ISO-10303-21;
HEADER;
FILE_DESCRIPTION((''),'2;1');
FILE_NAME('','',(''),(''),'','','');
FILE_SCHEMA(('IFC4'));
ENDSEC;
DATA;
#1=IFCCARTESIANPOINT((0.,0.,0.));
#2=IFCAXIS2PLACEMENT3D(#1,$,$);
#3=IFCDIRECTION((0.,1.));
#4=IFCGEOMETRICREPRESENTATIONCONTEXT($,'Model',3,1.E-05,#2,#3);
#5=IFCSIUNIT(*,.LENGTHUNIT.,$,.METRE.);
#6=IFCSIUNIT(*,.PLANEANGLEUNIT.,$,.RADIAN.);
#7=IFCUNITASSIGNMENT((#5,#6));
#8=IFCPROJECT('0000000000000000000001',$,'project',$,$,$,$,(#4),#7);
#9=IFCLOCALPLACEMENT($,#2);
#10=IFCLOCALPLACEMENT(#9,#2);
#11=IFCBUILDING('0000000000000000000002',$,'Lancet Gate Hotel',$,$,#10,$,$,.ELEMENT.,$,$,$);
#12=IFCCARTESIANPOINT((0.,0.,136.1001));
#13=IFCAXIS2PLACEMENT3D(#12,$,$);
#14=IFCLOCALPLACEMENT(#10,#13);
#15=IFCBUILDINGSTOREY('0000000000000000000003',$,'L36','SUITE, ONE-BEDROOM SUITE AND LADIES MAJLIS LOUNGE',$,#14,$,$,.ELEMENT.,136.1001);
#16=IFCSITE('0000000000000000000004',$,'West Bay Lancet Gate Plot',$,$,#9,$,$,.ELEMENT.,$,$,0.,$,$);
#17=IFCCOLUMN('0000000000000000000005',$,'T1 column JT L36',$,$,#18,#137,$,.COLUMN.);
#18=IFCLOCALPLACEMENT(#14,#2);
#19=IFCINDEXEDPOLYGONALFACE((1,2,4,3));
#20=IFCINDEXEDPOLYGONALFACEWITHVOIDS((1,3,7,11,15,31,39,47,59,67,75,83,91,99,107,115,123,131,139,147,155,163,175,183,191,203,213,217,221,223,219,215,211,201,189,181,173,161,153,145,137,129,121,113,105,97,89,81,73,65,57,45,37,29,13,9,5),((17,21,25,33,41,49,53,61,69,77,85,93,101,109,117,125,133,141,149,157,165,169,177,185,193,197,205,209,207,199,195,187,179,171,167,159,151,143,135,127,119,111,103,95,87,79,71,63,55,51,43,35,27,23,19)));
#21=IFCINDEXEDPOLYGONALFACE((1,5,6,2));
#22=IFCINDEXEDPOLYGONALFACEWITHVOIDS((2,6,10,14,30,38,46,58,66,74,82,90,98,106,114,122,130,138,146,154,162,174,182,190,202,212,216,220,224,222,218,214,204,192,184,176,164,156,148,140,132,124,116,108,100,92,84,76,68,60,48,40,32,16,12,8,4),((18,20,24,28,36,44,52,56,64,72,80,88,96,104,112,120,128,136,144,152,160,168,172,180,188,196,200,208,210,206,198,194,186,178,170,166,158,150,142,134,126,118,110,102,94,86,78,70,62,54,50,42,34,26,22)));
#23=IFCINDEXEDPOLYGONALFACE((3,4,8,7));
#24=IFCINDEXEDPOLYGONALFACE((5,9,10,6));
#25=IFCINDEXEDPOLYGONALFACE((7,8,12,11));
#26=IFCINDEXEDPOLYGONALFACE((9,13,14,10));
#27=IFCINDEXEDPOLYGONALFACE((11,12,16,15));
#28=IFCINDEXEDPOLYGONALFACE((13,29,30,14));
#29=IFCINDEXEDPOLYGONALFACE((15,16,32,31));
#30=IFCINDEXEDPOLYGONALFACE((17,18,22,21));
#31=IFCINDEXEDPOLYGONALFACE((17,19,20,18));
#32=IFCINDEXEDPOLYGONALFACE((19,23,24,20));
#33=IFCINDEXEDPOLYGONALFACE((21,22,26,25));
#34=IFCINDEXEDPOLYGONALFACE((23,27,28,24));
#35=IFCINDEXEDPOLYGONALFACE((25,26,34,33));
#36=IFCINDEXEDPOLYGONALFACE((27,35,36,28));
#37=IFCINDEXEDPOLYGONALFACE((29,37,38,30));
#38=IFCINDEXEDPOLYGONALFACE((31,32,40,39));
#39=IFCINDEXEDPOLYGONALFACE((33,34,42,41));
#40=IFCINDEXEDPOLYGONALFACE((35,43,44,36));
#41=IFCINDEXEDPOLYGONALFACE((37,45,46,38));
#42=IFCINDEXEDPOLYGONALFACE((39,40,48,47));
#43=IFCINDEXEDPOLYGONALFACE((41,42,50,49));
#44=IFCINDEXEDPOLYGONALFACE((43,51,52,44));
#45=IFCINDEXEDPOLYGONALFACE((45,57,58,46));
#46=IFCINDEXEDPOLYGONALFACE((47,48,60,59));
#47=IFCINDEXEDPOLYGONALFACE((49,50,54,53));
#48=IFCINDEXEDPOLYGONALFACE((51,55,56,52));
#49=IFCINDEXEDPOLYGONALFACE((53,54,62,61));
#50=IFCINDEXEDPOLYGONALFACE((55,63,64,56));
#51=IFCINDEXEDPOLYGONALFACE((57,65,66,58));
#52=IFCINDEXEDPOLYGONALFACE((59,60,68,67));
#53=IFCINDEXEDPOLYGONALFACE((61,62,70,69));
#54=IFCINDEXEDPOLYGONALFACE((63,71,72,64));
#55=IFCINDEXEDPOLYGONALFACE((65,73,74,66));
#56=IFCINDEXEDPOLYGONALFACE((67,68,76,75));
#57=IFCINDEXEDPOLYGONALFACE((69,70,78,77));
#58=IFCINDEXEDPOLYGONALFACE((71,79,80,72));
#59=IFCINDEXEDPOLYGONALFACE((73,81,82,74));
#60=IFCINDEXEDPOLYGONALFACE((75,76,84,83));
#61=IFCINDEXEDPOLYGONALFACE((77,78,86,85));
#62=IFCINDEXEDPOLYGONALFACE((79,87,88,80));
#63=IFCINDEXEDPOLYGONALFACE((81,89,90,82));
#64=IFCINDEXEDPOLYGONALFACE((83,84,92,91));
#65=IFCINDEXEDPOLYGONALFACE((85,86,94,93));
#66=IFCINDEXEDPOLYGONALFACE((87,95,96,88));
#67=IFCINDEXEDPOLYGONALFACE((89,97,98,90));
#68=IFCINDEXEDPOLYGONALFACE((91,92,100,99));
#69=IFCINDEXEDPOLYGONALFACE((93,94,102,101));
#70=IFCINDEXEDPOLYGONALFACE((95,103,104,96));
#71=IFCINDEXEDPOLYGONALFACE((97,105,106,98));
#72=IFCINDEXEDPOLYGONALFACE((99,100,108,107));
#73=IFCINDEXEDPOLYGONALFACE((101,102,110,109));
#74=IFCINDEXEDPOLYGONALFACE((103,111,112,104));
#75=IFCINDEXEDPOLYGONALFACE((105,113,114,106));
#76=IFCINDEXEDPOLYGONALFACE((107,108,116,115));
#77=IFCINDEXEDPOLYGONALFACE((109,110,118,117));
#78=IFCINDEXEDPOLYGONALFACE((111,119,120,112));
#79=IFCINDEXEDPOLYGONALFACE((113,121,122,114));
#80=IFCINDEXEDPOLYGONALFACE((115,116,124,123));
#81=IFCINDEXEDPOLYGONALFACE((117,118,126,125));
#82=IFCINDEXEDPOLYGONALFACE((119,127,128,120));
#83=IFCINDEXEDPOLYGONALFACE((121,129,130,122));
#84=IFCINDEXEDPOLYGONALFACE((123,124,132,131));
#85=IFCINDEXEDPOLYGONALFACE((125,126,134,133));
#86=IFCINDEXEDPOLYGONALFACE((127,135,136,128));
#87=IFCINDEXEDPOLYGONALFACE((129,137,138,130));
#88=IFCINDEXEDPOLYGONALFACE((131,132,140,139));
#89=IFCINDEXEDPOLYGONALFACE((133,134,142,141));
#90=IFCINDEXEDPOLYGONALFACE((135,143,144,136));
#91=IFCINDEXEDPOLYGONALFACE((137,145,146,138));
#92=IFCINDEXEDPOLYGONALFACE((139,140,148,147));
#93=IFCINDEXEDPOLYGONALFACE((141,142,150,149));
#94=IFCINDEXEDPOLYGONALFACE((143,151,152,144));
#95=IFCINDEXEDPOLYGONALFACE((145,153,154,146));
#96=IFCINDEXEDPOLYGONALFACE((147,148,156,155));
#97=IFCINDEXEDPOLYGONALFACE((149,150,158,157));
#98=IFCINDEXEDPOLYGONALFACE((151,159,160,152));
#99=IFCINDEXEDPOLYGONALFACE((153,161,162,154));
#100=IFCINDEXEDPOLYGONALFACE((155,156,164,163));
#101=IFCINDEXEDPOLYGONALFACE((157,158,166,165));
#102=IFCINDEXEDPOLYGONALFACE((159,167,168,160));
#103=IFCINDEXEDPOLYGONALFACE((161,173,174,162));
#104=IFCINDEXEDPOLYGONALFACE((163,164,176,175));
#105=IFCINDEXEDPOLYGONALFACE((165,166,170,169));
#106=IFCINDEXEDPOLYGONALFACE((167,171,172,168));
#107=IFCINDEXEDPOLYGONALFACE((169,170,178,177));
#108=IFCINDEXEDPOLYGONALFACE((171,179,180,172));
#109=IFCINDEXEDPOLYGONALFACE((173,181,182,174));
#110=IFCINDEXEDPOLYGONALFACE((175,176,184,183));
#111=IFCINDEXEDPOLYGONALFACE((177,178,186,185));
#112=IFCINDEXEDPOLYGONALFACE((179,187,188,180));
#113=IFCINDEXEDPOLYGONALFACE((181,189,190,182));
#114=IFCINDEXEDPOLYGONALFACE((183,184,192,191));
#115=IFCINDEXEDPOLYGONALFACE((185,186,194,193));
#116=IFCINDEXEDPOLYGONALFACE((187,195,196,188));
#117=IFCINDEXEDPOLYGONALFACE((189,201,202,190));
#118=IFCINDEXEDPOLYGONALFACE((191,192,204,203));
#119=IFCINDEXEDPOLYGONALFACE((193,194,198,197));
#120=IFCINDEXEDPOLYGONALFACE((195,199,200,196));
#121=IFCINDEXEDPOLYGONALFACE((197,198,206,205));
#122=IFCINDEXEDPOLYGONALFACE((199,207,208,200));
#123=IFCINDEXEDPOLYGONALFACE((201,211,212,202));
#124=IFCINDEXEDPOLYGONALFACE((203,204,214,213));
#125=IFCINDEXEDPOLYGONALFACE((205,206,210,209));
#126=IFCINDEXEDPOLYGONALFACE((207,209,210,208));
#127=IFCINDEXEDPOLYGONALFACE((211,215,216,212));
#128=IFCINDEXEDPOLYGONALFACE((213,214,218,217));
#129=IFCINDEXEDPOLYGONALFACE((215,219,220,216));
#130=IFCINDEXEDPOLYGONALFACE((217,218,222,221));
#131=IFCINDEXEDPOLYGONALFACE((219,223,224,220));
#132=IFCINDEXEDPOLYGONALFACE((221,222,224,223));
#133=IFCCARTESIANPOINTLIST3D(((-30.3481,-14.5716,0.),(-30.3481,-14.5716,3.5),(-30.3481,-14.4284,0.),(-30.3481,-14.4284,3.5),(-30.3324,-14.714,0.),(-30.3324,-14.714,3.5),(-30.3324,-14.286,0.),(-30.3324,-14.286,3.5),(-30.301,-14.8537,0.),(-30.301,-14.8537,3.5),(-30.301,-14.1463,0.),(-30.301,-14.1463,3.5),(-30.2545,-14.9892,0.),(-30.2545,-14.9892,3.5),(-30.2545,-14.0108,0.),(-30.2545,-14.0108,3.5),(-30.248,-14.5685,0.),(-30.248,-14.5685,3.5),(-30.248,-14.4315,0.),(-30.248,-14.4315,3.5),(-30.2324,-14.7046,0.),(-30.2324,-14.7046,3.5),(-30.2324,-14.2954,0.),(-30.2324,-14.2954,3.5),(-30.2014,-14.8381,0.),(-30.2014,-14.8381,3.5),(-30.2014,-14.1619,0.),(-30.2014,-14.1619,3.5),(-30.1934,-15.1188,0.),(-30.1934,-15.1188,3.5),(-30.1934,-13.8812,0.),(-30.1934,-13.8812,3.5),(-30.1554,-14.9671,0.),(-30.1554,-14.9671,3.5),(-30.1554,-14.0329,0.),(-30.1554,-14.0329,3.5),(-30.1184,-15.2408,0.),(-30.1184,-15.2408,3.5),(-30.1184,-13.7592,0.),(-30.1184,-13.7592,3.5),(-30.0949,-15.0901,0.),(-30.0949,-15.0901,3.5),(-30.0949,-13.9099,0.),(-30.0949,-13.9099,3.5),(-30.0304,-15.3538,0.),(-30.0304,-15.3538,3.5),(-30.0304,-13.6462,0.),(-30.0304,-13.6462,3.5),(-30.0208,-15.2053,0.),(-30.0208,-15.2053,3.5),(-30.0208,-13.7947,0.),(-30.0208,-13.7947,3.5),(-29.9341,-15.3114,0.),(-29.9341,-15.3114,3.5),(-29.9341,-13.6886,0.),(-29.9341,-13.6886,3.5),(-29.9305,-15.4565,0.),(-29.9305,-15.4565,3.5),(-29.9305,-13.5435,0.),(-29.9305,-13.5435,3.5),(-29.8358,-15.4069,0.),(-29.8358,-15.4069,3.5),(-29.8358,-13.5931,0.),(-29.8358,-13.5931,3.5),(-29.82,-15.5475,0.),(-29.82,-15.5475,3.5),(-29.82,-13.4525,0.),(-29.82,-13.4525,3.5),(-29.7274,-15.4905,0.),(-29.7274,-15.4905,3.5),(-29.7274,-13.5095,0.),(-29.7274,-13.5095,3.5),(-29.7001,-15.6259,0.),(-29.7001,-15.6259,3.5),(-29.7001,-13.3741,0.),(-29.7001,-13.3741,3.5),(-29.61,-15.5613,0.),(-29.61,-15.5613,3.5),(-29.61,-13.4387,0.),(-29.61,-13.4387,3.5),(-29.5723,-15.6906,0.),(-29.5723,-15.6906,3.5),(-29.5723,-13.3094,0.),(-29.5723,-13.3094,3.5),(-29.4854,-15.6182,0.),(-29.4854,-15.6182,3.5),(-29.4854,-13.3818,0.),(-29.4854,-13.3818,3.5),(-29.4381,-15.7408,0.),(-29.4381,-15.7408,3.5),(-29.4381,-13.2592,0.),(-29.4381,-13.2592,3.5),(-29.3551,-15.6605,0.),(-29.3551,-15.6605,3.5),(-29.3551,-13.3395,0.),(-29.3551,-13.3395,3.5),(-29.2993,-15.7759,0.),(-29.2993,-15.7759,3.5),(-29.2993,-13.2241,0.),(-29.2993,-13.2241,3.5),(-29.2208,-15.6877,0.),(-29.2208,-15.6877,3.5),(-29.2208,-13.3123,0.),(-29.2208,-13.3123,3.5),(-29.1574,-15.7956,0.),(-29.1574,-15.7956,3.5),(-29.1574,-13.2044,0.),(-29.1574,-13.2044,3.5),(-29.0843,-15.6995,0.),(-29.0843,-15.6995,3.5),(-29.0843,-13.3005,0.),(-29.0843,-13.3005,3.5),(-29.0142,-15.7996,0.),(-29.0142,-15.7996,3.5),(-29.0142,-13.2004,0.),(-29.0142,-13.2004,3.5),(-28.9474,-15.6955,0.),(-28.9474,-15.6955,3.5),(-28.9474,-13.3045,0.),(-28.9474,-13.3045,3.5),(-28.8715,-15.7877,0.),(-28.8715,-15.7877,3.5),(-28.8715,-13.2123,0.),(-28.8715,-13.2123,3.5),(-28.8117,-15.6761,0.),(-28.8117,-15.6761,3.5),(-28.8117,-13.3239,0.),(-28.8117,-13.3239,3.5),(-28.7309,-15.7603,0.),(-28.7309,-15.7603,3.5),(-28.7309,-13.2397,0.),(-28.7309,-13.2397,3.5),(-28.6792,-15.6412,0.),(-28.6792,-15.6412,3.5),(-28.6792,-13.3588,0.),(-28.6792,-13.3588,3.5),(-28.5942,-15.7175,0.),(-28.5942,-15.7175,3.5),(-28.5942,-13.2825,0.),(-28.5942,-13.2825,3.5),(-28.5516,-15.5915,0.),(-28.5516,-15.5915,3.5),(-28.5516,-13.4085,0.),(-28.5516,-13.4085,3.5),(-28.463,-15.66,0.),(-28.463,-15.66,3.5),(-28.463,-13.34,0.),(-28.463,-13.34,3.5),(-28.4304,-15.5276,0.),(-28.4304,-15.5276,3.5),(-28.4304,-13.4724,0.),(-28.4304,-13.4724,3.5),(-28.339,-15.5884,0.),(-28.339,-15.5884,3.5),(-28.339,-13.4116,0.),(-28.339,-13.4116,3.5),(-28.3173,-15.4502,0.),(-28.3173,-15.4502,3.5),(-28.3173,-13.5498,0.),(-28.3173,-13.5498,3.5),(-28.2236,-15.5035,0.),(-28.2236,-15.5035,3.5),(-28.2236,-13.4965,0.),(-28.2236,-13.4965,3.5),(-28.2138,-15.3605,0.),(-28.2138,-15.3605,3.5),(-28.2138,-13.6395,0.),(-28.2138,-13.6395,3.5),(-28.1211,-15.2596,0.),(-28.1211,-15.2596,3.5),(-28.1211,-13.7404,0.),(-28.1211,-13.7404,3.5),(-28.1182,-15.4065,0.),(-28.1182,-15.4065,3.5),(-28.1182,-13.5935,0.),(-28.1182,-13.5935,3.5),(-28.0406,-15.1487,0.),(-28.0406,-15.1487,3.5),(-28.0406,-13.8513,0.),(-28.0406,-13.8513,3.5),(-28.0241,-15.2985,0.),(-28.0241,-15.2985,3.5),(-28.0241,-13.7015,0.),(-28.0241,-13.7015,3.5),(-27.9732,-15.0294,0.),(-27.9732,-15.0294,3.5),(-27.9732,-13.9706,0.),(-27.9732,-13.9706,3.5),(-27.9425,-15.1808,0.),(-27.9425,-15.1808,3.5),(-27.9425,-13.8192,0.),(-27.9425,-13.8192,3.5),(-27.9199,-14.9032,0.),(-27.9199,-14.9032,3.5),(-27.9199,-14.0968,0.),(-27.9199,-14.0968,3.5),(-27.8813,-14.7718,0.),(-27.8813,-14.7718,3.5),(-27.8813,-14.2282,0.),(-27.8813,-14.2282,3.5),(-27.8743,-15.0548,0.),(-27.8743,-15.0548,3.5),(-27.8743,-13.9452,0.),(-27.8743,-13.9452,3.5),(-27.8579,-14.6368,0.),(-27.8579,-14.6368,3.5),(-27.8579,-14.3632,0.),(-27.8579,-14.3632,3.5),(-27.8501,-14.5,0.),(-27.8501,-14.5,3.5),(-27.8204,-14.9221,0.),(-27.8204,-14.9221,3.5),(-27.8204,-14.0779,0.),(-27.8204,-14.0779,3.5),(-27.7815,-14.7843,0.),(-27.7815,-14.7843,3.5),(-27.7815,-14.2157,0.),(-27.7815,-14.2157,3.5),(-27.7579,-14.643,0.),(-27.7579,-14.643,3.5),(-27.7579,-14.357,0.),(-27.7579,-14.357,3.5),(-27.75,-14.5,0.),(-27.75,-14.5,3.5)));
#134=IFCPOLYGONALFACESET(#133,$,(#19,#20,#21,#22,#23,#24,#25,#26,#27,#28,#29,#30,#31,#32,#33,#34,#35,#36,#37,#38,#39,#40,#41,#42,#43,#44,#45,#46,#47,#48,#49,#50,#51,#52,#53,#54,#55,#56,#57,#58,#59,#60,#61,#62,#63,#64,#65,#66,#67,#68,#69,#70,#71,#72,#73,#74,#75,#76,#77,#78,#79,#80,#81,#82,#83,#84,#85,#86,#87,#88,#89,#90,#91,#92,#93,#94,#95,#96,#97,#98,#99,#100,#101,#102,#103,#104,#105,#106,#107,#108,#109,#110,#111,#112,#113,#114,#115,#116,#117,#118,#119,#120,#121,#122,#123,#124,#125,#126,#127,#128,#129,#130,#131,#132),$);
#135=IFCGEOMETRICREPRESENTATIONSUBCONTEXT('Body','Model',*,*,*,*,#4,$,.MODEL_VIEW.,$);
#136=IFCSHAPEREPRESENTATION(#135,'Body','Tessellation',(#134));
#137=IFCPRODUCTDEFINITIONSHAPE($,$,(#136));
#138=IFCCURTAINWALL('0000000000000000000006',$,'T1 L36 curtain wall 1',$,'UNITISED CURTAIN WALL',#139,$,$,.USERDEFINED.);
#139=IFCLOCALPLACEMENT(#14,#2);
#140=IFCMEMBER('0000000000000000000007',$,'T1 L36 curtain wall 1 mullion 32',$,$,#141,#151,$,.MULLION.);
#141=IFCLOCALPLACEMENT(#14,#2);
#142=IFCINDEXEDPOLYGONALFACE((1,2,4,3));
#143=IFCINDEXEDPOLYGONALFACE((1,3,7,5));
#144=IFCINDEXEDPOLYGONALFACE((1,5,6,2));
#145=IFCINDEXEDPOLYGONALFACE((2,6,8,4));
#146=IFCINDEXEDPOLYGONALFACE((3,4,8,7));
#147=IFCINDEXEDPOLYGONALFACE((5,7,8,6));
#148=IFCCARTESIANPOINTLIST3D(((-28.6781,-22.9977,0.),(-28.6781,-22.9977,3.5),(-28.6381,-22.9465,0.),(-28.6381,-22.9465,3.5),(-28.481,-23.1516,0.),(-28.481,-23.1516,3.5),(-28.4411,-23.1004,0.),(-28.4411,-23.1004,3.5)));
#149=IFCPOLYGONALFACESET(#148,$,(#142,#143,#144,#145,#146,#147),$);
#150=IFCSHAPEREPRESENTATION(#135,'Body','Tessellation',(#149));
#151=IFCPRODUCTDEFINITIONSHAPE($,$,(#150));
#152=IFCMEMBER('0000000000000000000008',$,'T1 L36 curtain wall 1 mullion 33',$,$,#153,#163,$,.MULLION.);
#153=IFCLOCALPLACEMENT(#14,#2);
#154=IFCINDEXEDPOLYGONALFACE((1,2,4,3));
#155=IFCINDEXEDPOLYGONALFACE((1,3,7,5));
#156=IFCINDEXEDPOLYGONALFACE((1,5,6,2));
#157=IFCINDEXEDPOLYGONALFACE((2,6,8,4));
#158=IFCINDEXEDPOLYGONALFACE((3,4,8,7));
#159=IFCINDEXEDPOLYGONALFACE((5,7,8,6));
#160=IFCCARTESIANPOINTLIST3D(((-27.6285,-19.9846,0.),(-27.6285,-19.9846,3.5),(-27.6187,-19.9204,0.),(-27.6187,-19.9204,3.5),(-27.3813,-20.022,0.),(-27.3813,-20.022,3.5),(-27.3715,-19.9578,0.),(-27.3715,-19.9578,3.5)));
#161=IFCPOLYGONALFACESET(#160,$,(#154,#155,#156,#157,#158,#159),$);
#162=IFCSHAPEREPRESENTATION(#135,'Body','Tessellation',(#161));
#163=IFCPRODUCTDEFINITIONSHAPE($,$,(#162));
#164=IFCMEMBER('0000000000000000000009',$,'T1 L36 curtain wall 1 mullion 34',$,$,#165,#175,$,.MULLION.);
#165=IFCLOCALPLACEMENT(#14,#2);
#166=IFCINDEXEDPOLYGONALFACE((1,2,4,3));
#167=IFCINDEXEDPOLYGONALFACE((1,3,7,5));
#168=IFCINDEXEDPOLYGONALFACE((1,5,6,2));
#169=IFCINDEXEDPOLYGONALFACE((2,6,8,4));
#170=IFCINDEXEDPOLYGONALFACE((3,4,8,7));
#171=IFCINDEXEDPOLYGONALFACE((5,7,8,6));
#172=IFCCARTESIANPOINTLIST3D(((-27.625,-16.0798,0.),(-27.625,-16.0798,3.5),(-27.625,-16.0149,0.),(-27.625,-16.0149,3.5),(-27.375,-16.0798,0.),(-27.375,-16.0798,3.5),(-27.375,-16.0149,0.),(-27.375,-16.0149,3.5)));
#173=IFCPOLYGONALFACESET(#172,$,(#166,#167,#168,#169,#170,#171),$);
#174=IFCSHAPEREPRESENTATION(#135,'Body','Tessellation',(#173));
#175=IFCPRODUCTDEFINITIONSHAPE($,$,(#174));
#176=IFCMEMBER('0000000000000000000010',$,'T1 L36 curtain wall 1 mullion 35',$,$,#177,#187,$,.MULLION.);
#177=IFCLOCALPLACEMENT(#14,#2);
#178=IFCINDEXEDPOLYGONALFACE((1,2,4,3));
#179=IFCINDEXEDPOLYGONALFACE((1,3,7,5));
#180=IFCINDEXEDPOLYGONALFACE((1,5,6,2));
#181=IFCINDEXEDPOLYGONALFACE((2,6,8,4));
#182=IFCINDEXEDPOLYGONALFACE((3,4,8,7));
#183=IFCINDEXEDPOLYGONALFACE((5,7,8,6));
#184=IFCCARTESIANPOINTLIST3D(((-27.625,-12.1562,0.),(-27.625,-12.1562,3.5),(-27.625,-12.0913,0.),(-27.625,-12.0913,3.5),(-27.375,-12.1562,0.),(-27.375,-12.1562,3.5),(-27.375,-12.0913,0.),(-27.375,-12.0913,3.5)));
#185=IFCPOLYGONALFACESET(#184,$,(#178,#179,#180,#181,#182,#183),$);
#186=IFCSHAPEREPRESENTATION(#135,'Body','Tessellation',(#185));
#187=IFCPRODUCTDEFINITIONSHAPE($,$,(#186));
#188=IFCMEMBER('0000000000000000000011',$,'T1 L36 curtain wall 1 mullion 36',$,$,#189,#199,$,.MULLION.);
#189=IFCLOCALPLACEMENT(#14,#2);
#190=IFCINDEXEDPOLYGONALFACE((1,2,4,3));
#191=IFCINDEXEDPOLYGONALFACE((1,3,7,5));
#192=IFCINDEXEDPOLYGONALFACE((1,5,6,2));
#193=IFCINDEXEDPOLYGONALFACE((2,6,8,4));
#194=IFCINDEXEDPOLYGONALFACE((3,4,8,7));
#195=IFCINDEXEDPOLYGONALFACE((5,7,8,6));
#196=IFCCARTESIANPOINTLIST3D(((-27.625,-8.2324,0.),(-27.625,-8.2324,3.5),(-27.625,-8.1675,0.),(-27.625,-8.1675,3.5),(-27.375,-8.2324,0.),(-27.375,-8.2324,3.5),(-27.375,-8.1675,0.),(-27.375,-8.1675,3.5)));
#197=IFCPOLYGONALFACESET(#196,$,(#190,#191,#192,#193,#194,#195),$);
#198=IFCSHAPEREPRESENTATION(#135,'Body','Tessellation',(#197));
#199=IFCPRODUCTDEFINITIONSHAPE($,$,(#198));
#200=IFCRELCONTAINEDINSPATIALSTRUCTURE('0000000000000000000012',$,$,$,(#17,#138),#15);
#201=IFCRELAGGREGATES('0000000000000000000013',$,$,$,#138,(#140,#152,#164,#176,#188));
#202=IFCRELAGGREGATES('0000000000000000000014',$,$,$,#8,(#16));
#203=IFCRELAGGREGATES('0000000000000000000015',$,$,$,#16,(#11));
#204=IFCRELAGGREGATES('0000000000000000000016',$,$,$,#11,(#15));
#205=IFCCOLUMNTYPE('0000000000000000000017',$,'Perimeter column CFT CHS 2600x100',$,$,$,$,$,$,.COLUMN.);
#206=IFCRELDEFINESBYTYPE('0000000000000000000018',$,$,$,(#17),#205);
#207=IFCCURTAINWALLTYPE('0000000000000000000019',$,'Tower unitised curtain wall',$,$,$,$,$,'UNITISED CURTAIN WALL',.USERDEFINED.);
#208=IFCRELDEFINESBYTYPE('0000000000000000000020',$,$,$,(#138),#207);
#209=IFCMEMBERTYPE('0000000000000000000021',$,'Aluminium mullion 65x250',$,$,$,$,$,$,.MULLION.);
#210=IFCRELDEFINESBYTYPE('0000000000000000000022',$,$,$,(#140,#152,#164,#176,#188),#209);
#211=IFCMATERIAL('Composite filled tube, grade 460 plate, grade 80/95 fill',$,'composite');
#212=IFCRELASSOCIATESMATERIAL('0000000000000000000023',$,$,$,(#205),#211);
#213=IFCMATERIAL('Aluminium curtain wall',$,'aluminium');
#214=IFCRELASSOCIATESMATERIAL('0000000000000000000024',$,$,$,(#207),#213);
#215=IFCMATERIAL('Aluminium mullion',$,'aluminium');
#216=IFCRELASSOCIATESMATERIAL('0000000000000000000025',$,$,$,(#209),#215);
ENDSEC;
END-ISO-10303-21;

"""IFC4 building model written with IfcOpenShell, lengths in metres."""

from ifc_helpers import new_model, si_unit, direction, frame, origin, origin_2d, place, context, subcontext, project, spatial, rectangle, hollow_circle, extrude, material, material_profile, profile_set, type_object, element, aggregate, save


model = new_model("IFC4")

# Units and contexts
model_context = context("Model", 3, precision=1e-05, world=origin(), true_north=direction((0.0, 1.0)))
body_context = subcontext(model_context, "Body", "Model", "MODEL_VIEW")
ifc_project = project(units=[si_unit("LENGTHUNIT", "METRE"), si_unit("PLANEANGLEUNIT", "RADIAN")], contexts=[model_context])

# Site, building, storey
site_placement = place(None, origin())
site = spatial("IfcSite", under=ifc_project, at=site_placement, Name="West Bay Lancet Gate Plot", CompositionType="ELEMENT", RefElevation=0.0)
building_placement = place(site_placement, origin())
building = spatial("IfcBuilding", under=site, at=building_placement, Name="Lancet Gate Hotel", CompositionType="ELEMENT")
storey_placement = place(building_placement, frame((0.0, 0.0, 136.1001)))
storey = spatial("IfcBuildingStorey", under=building, at=storey_placement, Name="L36", Description="SUITE, ONE-BEDROOM SUITE AND LADIES MAJLIS LOUNGE", CompositionType="ELEMENT", Elevation=136.1001)

# Column
ifc_material_1 = material(Name="Composite filled tube, grade 460 plate, grade 80/95 fill", Category="composite")
ifc_material_profile_1 = material_profile(ifc_material_1, hollow_circle(Radius=1.3, WallThickness=0.1001, at=origin_2d()), Name="CHS 2600x100")
ifc_profile_set_1 = profile_set([ifc_material_profile_1], Name="Composite filled tube, grade 460 plate, grade 80/95 fill")
column_type = type_object("IfcColumnType", Name="Perimeter column CFT CHS 2600x100", PredefinedType="COLUMN", material=ifc_profile_set_1)
for number, where, z_axis, x_axis, name in (
    (1, (-29.05, -14.5, 0.0), (0.0, 0.0, 1.0), (1.0, 0.0, 0.0), "T1 column JT L36"),
):
    element("IfcColumn", number, at=place(storey_placement, frame(where, z_axis=z_axis, x_axis=x_axis)), inside=storey, type_object=column_type, Name=name, PredefinedType="COLUMN", context=body_context, shape_type="SweptSolid", body=[
        extrude(hollow_circle(Radius=1.3, WallThickness=0.1001, at=origin_2d()), origin(), (0.0, 0.0, 1.0), 3.5),
    ])

# Curtain wall, members
ifc_material_2 = material(Name="Aluminium curtain wall", Category="aluminium")
curtain_wall_type = type_object("IfcCurtainWallType", Name="Tower unitised curtain wall", ElementType="UNITISED CURTAIN WALL", PredefinedType="USERDEFINED", material=ifc_material_2)
curtain_wall_placement = place(storey_placement, origin())
curtain_wall = element("IfcCurtainWall", 2, at=curtain_wall_placement, inside=storey, type_object=curtain_wall_type, Name="T1 L36 curtain wall 1", ObjectType="UNITISED CURTAIN WALL", PredefinedType="USERDEFINED")
ifc_material_3 = material(Name="Aluminium mullion", Category="aluminium")
ifc_material_profile_2 = material_profile(ifc_material_3, rectangle(XDim=0.0649, YDim=0.25, at=origin_2d()), Name="MULLION 65x250")
ifc_profile_set_2 = profile_set([ifc_material_profile_2], Name="Aluminium mullion")
member_type_1 = type_object("IfcMemberType", Name="Aluminium mullion 65x250", PredefinedType="MULLION", material=ifc_profile_set_2)
member_1_placement = place(storey_placement, frame((-28.5596, -23.0491, 0.0), z_axis=(0.0, 0.0, 1.0), x_axis=(0.615574, 0.788079, 0.0)))
member_1 = element("IfcMember", 3, at=member_1_placement, type_object=member_type_1, Name="T1 L36 curtain wall 1 mullion 32", PredefinedType="MULLION", context=body_context, shape_type="SweptSolid", body=[
    extrude(rectangle(XDim=0.0649, YDim=0.25, at=origin_2d()), origin(), (0.0, 0.0, 1.0), 3.5),
])
member_2_placement = place(storey_placement, frame((-27.5, -19.9712, 0.0), z_axis=(0.0, 0.0, 1.0), x_axis=(0.149634, 0.988741, 0.0)))
member_2 = element("IfcMember", 4, at=member_2_placement, type_object=member_type_1, Name="T1 L36 curtain wall 1 mullion 33", PredefinedType="MULLION", context=body_context, shape_type="SweptSolid", body=[
    extrude(rectangle(XDim=0.0649, YDim=0.25, at=origin_2d()), origin(), (0.0, 0.0, 1.0), 3.5),
])
member_3_placement = place(storey_placement, frame((-27.5, -16.0474, 0.0), z_axis=(0.0, 0.0, 1.0), x_axis=(0.0, 1.0, 0.0)))
member_3 = element("IfcMember", 5, at=member_3_placement, type_object=member_type_1, Name="T1 L36 curtain wall 1 mullion 34", PredefinedType="MULLION", context=body_context, shape_type="SweptSolid", body=[
    extrude(rectangle(XDim=0.0649, YDim=0.25, at=origin_2d()), origin(), (0.0, 0.0, 1.0), 3.5),
])
member_4_placement = place(storey_placement, frame((-27.5, -12.1238, 0.0), z_axis=(0.0, 0.0, 1.0), x_axis=(0.0, 1.0, 0.0)))
member_4 = element("IfcMember", 6, at=member_4_placement, type_object=member_type_1, Name="T1 L36 curtain wall 1 mullion 35", PredefinedType="MULLION", context=body_context, shape_type="SweptSolid", body=[
    extrude(rectangle(XDim=0.0649, YDim=0.25, at=origin_2d()), origin(), (0.0, 0.0, 1.0), 3.5),
])
member_5_placement = place(storey_placement, frame((-27.5, -8.2, 0.0), z_axis=(0.0, 0.0, 1.0), x_axis=(0.0, 1.0, 0.0)))
member_5 = element("IfcMember", 7, at=member_5_placement, type_object=member_type_1, Name="T1 L36 curtain wall 1 mullion 36", PredefinedType="MULLION", context=body_context, shape_type="SweptSolid", body=[
    extrude(rectangle(XDim=0.0649, YDim=0.25, at=origin_2d()), origin(), (0.0, 0.0, 1.0), 3.5),
])

aggregate(curtain_wall, [member_1, member_2, member_3, member_4, member_5])

save(model, "model.ifc")
